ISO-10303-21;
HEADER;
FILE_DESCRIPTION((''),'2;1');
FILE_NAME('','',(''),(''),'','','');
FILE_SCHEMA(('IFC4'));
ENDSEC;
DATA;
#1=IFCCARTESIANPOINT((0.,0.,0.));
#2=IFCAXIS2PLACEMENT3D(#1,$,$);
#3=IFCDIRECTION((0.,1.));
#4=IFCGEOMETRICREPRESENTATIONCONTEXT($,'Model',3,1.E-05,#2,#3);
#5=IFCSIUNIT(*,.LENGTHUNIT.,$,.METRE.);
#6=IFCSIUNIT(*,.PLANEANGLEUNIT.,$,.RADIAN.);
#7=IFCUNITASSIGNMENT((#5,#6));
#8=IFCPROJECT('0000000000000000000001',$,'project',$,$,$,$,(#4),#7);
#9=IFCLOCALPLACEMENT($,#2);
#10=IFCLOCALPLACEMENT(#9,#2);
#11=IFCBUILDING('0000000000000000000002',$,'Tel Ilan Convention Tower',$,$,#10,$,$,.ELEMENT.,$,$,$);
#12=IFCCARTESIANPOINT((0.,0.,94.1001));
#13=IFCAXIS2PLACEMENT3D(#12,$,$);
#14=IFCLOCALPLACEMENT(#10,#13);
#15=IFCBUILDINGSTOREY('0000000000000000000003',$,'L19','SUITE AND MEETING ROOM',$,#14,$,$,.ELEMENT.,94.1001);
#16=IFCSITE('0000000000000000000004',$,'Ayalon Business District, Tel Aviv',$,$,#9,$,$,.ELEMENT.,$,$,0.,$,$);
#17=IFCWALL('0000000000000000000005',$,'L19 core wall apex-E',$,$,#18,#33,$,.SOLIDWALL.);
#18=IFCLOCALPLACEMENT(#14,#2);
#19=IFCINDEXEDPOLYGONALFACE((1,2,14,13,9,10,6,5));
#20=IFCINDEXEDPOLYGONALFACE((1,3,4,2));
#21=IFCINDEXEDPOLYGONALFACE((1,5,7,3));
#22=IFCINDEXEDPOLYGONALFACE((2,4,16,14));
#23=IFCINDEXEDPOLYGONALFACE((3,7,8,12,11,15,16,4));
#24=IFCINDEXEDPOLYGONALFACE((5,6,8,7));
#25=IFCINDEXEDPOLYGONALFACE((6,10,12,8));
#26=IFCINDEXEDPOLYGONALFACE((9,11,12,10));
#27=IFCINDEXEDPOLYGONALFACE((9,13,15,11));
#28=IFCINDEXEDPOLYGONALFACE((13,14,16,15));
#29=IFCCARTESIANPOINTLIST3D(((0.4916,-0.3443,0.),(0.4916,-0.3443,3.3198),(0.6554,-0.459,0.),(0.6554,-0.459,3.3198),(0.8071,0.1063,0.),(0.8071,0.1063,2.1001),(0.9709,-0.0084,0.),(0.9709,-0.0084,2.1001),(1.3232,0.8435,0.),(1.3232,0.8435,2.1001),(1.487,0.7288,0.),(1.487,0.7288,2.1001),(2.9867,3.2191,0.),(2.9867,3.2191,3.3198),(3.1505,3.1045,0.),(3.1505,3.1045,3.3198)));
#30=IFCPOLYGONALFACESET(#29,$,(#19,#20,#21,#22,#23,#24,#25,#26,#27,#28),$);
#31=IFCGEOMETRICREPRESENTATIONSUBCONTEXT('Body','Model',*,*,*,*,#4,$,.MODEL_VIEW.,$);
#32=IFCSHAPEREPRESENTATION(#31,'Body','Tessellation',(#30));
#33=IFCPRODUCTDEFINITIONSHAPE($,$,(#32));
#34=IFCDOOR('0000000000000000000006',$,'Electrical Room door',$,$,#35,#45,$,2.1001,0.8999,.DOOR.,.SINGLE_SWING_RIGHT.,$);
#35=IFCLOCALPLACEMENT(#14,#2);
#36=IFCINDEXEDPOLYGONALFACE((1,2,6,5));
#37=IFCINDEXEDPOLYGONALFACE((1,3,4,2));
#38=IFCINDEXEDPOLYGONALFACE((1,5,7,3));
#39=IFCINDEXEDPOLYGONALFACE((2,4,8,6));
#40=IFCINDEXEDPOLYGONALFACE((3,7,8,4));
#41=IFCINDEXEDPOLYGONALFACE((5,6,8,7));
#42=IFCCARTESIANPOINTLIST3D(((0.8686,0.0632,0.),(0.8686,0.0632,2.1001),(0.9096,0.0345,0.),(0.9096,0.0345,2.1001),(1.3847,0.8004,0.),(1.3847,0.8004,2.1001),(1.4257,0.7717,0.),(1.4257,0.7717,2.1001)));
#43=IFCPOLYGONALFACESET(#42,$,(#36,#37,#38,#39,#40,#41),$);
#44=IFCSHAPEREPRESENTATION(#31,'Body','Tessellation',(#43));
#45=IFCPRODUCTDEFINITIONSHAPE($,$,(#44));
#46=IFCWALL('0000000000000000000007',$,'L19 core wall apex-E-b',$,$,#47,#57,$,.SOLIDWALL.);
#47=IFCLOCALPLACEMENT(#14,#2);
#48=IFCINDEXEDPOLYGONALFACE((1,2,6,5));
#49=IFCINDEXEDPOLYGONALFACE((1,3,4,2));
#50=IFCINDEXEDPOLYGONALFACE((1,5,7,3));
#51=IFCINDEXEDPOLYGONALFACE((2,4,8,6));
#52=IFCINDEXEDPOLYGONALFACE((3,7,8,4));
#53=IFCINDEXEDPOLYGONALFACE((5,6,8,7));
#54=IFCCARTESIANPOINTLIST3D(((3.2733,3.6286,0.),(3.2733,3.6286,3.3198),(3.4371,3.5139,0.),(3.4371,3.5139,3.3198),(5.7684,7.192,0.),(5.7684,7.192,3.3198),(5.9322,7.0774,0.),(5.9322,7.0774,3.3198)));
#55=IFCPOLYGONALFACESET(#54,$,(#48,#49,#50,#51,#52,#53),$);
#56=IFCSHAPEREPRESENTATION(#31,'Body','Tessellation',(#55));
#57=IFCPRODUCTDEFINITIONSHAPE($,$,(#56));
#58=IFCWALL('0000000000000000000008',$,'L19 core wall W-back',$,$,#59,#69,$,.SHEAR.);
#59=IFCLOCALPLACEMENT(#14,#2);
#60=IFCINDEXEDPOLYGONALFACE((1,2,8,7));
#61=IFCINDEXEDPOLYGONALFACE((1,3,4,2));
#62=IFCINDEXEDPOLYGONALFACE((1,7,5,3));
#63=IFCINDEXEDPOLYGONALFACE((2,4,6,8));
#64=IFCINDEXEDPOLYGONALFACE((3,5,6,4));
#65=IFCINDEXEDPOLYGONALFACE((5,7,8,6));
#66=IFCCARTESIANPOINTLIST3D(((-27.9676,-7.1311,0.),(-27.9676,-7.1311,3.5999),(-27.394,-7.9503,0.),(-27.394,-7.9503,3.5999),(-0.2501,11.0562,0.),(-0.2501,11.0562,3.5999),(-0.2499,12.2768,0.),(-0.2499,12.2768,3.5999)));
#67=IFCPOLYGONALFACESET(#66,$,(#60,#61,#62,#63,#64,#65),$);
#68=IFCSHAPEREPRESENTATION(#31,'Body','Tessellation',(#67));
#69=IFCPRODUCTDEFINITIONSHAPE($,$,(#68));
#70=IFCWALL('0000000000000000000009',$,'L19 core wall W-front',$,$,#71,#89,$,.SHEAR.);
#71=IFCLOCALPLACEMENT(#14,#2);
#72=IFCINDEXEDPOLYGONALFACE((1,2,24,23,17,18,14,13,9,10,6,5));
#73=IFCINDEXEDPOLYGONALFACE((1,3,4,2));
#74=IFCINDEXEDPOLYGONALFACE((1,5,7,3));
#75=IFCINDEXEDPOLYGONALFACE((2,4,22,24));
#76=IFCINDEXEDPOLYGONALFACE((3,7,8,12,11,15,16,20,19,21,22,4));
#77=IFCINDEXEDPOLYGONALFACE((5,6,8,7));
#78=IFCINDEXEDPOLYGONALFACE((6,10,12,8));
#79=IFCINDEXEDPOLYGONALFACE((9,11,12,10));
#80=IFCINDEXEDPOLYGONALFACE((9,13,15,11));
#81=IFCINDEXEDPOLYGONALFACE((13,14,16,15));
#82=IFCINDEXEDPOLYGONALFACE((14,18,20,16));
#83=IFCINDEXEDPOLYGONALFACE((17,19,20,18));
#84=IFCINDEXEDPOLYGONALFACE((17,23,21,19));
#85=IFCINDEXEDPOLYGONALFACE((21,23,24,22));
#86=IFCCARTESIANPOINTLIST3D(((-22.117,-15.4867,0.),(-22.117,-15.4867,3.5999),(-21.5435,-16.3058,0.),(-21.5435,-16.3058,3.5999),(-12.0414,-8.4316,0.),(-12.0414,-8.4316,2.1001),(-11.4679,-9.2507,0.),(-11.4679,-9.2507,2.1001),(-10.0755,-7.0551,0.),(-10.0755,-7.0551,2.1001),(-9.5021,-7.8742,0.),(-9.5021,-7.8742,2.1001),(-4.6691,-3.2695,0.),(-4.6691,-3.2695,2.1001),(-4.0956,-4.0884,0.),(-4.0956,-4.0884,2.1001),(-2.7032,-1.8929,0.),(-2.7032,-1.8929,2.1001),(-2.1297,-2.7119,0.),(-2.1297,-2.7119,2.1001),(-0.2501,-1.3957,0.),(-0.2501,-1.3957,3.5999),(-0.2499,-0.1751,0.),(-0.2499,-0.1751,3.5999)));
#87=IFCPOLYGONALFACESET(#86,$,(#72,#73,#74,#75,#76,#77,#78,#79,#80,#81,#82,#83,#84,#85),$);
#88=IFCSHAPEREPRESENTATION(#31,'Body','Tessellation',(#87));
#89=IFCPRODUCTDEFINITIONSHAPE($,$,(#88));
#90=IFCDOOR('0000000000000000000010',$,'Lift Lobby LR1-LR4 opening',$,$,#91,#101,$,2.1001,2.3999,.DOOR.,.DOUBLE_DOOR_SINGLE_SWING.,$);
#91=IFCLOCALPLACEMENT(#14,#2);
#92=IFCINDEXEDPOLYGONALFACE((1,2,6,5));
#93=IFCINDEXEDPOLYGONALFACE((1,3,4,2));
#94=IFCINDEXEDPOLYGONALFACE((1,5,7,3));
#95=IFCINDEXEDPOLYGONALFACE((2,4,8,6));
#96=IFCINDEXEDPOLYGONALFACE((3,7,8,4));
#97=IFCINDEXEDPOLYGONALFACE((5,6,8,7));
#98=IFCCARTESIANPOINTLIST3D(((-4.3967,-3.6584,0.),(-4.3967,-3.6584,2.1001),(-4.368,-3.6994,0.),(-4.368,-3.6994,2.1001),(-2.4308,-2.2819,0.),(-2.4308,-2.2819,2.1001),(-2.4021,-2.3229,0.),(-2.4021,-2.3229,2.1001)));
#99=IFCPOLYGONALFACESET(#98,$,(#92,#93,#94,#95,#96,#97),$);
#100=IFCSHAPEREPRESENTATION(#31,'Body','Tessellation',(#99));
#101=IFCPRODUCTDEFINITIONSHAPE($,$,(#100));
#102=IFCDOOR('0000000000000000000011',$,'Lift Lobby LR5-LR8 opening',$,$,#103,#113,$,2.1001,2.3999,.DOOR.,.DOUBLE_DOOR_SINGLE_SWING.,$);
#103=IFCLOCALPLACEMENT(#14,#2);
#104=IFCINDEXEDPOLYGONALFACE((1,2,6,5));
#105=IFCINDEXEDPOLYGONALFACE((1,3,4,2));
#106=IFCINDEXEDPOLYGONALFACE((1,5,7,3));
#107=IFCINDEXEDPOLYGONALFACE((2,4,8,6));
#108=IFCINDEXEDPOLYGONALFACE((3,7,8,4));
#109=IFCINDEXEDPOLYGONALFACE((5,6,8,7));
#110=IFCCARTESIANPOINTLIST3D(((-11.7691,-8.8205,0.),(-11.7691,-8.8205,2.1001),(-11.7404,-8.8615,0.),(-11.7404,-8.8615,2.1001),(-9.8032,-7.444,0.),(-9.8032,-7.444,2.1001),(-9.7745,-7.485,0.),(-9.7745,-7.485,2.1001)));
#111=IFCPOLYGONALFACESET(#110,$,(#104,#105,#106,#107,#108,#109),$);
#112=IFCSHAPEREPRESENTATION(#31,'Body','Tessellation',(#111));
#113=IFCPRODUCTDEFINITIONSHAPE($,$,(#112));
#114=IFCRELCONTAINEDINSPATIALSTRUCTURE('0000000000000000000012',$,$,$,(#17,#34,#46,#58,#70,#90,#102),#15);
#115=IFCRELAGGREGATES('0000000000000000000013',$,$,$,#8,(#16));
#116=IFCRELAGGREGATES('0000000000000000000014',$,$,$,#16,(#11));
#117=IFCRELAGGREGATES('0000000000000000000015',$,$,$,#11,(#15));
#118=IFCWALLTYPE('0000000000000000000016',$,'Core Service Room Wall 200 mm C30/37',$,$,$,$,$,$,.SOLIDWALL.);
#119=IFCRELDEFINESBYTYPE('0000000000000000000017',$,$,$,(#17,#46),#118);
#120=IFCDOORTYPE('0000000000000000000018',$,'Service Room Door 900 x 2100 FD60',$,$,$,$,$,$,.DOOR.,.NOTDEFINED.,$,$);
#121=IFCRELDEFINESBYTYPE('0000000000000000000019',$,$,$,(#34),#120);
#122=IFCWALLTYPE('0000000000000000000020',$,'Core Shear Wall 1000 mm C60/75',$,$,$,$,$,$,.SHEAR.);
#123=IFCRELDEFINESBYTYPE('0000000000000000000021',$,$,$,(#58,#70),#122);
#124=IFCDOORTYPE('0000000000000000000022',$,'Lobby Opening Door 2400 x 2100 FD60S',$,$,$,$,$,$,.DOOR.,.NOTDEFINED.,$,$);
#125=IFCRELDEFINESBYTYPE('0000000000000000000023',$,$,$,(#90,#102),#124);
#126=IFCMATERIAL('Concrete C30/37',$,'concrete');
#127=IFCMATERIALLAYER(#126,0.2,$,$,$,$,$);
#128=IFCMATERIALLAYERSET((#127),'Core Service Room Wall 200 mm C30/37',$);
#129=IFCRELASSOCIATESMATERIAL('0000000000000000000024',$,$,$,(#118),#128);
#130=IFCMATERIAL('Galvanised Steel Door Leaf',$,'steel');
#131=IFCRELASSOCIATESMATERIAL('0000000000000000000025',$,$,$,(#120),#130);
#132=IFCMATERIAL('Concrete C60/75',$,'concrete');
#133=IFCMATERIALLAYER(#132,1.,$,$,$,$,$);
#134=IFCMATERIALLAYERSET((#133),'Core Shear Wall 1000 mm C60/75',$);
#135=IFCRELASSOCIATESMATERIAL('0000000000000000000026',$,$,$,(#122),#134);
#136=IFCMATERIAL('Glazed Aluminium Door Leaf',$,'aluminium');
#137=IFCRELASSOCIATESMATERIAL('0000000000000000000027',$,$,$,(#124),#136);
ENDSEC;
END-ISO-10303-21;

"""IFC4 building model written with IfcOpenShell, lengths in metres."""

from ifc_helpers import new_model, si_unit, direction, frame, frame_2d, origin, place, context, subcontext, project, spatial, polyline, rectangle, outline, extrude, material, layer, layer_set, type_object, element, fill, save


model = new_model("IFC4")

# Units and contexts
model_context = context("Model", 3, precision=1e-05, world=origin(), true_north=direction((0.0, 1.0)))
body_context = subcontext(model_context, "Body", "Model", "MODEL_VIEW")
ifc_project = project(units=[si_unit("LENGTHUNIT", "METRE"), si_unit("PLANEANGLEUNIT", "RADIAN")], contexts=[model_context])

# Site, building, storey
site_placement = place(None, origin())
site = spatial("IfcSite", under=ifc_project, at=site_placement, Name="Ayalon Business District, Tel Aviv", CompositionType="ELEMENT", RefElevation=0.0)
building_placement = place(site_placement, origin())
building = spatial("IfcBuilding", under=site, at=building_placement, Name="Tel Ilan Convention Tower", CompositionType="ELEMENT")
storey_placement = place(building_placement, frame((0.0, 0.0, 94.1001)))
storey = spatial("IfcBuildingStorey", under=building, at=storey_placement, Name="L19", Description="SUITE AND MEETING ROOM", CompositionType="ELEMENT", Elevation=94.1001)

# Wall, opening, door
ifc_material_1 = material(Name="Concrete C30/37", Category="concrete")
ifc_layer_1 = layer(ifc_material_1, 0.2)
ifc_layer_set_1 = layer_set([ifc_layer_1], Name="Core Service Room Wall 200 mm C30/37")
wall_type_1 = type_object("IfcWallType", Name="Core Service Room Wall 200 mm C30/37", PredefinedType="SOLIDWALL", material=ifc_layer_set_1)
wall_1_placement = place(storey_placement, frame((0.5735, -0.4016, 0.0), z_axis=(0.0, 0.0, 1.0), x_axis=(0.573568, 0.819158, 0.0)))
wall_1 = element("IfcWall", 1, at=wall_1_placement, inside=storey, type_object=wall_type_1, Name="L19 core wall apex-E", PredefinedType="SOLIDWALL", context=body_context, shape_type="SweptSolid", body=[
    extrude(rectangle(XDim=4.3501, YDim=0.2, at=frame_2d((2.175, 0.0))), origin(), (0.0, 0.0, 1.0), 3.3198),
])
opening_1_placement = place(wall_1_placement, frame((0.55, 0.0, 0.0)))
opening_1 = element("IfcOpeningElement", 2, at=opening_1_placement, cuts=wall_1, PredefinedType="OPENING", context=body_context, shape_type="SweptSolid", body=[
    extrude(rectangle(XDim=0.8999, YDim=2.1001, at=frame_2d((0.45, 1.05))), frame((0.0, 0.1099, 0.0), z_axis=(0.0, -1.0, 0.0), x_axis=(1.0, 0.0, 0.0)), (0.0, 0.0, 1.0), 0.22),
])
ifc_material_2 = material(Name="Galvanised Steel Door Leaf", Category="steel")
door_type_1 = type_object("IfcDoorType", Name="Service Room Door 900 x 2100 FD60", OperationType="NOTDEFINED", PredefinedType="DOOR", material=ifc_material_2)
door_1_placement = place(opening_1_placement, origin())
door_1 = element("IfcDoor", 3, at=door_1_placement, inside=storey, type_object=door_type_1, Name="Electrical Room door", OperationType="SINGLE_SWING_RIGHT", OverallHeight=2.1001, OverallWidth=0.8999, PredefinedType="DOOR", context=body_context, shape_type="SweptSolid", body=[
    extrude(rectangle(XDim=0.8999, YDim=2.1001, at=frame_2d((0.45, 1.05))), frame((0.0, 0.0249, 0.0), z_axis=(0.0, -1.0, 0.0), x_axis=(1.0, 0.0, 0.0)), (0.0, 0.0, 1.0), 0.05),
])
fill(opening_1, door_1)

# Walls
wall_2_placement = place(storey_placement, frame((3.3552, 3.5713, 0.0), z_axis=(0.0, 0.0, 1.0), x_axis=(0.573568, 0.819158, 0.0)))
element("IfcWall", 4, at=wall_2_placement, inside=storey, type_object=wall_type_1, Name="L19 core wall apex-E-b", PredefinedType="SOLIDWALL", context=body_context, shape_type="SweptSolid", body=[
    extrude(rectangle(XDim=4.3501, YDim=0.2, at=frame_2d((2.175, 0.0))), origin(), (0.0, 0.0, 1.0), 3.3198),
])
ifc_material_3 = material(Name="Concrete C60/75", Category="concrete")
ifc_layer_2 = layer(ifc_material_3, 1.0)
ifc_layer_set_2 = layer_set([ifc_layer_2], Name="Core Shear Wall 1000 mm C60/75")
wall_type_2 = type_object("IfcWallType", Name="Core Shear Wall 1000 mm C60/75", PredefinedType="SHEAR", material=ifc_layer_set_2)
wall_3_placement = place(storey_placement, frame((0.0369, 11.8672, 0.0), z_axis=(0.0, 0.0, 1.0), x_axis=(-0.819155, -0.573572, 0.0)))
element("IfcWall", 5, at=wall_3_placement, inside=storey, type_object=wall_type_2, Name="L19 core wall W-back", PredefinedType="SHEAR", context=body_context, shape_type="SweptSolid", body=[
    extrude(outline(polyline([(33.8369, 0.5), (0.7002, 0.4998), (0.0, -0.5), (33.8369, -0.5), (33.8369, 0.5)])), origin(), (0.0, 0.0, 1.0), 3.5999),
])

# Wall, openings, doors
wall_4_placement = place(storey_placement, frame((0.0369, -0.5847, 0.0), z_axis=(0.0, 0.0, 1.0), x_axis=(-0.819157, -0.573569, 0.0)))
wall_4 = element("IfcWall", 6, at=wall_4_placement, inside=storey, type_object=wall_type_2, Name="L19 core wall W-front", PredefinedType="SHEAR", context=body_context, shape_type="SweptSolid", body=[
    extrude(outline(polyline([(26.6948, 0.5002), (0.7002, 0.4998), (0.0, -0.5), (26.6948, -0.4998), (26.6948, 0.5002)])), origin(), (0.0, 0.0, 1.0), 3.5999),
])
opening_2_placement = place(wall_4_placement, frame((2.9949, 0.0, 0.0)))
opening_2 = element("IfcOpeningElement", 7, at=opening_2_placement, cuts=wall_4, PredefinedType="OPENING", context=body_context, shape_type="SweptSolid", body=[
    extrude(rectangle(XDim=2.3999, YDim=2.1001, at=frame_2d((1.2, 1.05))), frame((0.0, 0.51, 0.0), z_axis=(0.0, -1.0, 0.0), x_axis=(1.0, 0.0, 0.0)), (0.0, 0.0, 1.0), 1.02),
])
opening_3_placement = place(wall_4_placement, frame((11.9949, 0.0, 0.0)))
opening_3 = element("IfcOpeningElement", 8, at=opening_3_placement, cuts=wall_4, PredefinedType="OPENING", context=body_context, shape_type="SweptSolid", body=[
    extrude(rectangle(XDim=2.3999, YDim=2.1001, at=frame_2d((1.2, 1.05))), frame((0.0, 0.51, 0.0), z_axis=(0.0, -1.0, 0.0), x_axis=(1.0, 0.0, 0.0)), (0.0, 0.0, 1.0), 1.02),
])
ifc_material_4 = material(Name="Glazed Aluminium Door Leaf", Category="aluminium")
door_type_2 = type_object("IfcDoorType", Name="Lobby Opening Door 2400 x 2100 FD60S", OperationType="NOTDEFINED", PredefinedType="DOOR", material=ifc_material_4)
door_2_placement = place(opening_2_placement, origin())
door_2 = element("IfcDoor", 9, at=door_2_placement, inside=storey, type_object=door_type_2, Name="Lift Lobby LR1-LR4 opening", OperationType="DOUBLE_DOOR_SINGLE_SWING", OverallHeight=2.1001, OverallWidth=2.3999, PredefinedType="DOOR", context=body_context, shape_type="SweptSolid", body=[
    extrude(rectangle(XDim=2.3999, YDim=2.1001, at=frame_2d((1.2, 1.05))), frame((0.0, 0.0249, 0.0), z_axis=(0.0, -1.0, 0.0), x_axis=(1.0, 0.0, 0.0)), (0.0, 0.0, 1.0), 0.05),
])
fill(opening_2, door_2)
door_3_placement = place(opening_3_placement, origin())
door_3 = element("IfcDoor", 10, at=door_3_placement, inside=storey, type_object=door_type_2, Name="Lift Lobby LR5-LR8 opening", OperationType="DOUBLE_DOOR_SINGLE_SWING", OverallHeight=2.1001, OverallWidth=2.3999, PredefinedType="DOOR", context=body_context, shape_type="SweptSolid", body=[
    extrude(rectangle(XDim=2.3999, YDim=2.1001, at=frame_2d((1.2, 1.05))), frame((0.0, 0.0249, 0.0), z_axis=(0.0, -1.0, 0.0), x_axis=(1.0, 0.0, 0.0)), (0.0, 0.0, 1.0), 0.05),
])
fill(opening_3, door_3)

save(model, "model.ifc")
